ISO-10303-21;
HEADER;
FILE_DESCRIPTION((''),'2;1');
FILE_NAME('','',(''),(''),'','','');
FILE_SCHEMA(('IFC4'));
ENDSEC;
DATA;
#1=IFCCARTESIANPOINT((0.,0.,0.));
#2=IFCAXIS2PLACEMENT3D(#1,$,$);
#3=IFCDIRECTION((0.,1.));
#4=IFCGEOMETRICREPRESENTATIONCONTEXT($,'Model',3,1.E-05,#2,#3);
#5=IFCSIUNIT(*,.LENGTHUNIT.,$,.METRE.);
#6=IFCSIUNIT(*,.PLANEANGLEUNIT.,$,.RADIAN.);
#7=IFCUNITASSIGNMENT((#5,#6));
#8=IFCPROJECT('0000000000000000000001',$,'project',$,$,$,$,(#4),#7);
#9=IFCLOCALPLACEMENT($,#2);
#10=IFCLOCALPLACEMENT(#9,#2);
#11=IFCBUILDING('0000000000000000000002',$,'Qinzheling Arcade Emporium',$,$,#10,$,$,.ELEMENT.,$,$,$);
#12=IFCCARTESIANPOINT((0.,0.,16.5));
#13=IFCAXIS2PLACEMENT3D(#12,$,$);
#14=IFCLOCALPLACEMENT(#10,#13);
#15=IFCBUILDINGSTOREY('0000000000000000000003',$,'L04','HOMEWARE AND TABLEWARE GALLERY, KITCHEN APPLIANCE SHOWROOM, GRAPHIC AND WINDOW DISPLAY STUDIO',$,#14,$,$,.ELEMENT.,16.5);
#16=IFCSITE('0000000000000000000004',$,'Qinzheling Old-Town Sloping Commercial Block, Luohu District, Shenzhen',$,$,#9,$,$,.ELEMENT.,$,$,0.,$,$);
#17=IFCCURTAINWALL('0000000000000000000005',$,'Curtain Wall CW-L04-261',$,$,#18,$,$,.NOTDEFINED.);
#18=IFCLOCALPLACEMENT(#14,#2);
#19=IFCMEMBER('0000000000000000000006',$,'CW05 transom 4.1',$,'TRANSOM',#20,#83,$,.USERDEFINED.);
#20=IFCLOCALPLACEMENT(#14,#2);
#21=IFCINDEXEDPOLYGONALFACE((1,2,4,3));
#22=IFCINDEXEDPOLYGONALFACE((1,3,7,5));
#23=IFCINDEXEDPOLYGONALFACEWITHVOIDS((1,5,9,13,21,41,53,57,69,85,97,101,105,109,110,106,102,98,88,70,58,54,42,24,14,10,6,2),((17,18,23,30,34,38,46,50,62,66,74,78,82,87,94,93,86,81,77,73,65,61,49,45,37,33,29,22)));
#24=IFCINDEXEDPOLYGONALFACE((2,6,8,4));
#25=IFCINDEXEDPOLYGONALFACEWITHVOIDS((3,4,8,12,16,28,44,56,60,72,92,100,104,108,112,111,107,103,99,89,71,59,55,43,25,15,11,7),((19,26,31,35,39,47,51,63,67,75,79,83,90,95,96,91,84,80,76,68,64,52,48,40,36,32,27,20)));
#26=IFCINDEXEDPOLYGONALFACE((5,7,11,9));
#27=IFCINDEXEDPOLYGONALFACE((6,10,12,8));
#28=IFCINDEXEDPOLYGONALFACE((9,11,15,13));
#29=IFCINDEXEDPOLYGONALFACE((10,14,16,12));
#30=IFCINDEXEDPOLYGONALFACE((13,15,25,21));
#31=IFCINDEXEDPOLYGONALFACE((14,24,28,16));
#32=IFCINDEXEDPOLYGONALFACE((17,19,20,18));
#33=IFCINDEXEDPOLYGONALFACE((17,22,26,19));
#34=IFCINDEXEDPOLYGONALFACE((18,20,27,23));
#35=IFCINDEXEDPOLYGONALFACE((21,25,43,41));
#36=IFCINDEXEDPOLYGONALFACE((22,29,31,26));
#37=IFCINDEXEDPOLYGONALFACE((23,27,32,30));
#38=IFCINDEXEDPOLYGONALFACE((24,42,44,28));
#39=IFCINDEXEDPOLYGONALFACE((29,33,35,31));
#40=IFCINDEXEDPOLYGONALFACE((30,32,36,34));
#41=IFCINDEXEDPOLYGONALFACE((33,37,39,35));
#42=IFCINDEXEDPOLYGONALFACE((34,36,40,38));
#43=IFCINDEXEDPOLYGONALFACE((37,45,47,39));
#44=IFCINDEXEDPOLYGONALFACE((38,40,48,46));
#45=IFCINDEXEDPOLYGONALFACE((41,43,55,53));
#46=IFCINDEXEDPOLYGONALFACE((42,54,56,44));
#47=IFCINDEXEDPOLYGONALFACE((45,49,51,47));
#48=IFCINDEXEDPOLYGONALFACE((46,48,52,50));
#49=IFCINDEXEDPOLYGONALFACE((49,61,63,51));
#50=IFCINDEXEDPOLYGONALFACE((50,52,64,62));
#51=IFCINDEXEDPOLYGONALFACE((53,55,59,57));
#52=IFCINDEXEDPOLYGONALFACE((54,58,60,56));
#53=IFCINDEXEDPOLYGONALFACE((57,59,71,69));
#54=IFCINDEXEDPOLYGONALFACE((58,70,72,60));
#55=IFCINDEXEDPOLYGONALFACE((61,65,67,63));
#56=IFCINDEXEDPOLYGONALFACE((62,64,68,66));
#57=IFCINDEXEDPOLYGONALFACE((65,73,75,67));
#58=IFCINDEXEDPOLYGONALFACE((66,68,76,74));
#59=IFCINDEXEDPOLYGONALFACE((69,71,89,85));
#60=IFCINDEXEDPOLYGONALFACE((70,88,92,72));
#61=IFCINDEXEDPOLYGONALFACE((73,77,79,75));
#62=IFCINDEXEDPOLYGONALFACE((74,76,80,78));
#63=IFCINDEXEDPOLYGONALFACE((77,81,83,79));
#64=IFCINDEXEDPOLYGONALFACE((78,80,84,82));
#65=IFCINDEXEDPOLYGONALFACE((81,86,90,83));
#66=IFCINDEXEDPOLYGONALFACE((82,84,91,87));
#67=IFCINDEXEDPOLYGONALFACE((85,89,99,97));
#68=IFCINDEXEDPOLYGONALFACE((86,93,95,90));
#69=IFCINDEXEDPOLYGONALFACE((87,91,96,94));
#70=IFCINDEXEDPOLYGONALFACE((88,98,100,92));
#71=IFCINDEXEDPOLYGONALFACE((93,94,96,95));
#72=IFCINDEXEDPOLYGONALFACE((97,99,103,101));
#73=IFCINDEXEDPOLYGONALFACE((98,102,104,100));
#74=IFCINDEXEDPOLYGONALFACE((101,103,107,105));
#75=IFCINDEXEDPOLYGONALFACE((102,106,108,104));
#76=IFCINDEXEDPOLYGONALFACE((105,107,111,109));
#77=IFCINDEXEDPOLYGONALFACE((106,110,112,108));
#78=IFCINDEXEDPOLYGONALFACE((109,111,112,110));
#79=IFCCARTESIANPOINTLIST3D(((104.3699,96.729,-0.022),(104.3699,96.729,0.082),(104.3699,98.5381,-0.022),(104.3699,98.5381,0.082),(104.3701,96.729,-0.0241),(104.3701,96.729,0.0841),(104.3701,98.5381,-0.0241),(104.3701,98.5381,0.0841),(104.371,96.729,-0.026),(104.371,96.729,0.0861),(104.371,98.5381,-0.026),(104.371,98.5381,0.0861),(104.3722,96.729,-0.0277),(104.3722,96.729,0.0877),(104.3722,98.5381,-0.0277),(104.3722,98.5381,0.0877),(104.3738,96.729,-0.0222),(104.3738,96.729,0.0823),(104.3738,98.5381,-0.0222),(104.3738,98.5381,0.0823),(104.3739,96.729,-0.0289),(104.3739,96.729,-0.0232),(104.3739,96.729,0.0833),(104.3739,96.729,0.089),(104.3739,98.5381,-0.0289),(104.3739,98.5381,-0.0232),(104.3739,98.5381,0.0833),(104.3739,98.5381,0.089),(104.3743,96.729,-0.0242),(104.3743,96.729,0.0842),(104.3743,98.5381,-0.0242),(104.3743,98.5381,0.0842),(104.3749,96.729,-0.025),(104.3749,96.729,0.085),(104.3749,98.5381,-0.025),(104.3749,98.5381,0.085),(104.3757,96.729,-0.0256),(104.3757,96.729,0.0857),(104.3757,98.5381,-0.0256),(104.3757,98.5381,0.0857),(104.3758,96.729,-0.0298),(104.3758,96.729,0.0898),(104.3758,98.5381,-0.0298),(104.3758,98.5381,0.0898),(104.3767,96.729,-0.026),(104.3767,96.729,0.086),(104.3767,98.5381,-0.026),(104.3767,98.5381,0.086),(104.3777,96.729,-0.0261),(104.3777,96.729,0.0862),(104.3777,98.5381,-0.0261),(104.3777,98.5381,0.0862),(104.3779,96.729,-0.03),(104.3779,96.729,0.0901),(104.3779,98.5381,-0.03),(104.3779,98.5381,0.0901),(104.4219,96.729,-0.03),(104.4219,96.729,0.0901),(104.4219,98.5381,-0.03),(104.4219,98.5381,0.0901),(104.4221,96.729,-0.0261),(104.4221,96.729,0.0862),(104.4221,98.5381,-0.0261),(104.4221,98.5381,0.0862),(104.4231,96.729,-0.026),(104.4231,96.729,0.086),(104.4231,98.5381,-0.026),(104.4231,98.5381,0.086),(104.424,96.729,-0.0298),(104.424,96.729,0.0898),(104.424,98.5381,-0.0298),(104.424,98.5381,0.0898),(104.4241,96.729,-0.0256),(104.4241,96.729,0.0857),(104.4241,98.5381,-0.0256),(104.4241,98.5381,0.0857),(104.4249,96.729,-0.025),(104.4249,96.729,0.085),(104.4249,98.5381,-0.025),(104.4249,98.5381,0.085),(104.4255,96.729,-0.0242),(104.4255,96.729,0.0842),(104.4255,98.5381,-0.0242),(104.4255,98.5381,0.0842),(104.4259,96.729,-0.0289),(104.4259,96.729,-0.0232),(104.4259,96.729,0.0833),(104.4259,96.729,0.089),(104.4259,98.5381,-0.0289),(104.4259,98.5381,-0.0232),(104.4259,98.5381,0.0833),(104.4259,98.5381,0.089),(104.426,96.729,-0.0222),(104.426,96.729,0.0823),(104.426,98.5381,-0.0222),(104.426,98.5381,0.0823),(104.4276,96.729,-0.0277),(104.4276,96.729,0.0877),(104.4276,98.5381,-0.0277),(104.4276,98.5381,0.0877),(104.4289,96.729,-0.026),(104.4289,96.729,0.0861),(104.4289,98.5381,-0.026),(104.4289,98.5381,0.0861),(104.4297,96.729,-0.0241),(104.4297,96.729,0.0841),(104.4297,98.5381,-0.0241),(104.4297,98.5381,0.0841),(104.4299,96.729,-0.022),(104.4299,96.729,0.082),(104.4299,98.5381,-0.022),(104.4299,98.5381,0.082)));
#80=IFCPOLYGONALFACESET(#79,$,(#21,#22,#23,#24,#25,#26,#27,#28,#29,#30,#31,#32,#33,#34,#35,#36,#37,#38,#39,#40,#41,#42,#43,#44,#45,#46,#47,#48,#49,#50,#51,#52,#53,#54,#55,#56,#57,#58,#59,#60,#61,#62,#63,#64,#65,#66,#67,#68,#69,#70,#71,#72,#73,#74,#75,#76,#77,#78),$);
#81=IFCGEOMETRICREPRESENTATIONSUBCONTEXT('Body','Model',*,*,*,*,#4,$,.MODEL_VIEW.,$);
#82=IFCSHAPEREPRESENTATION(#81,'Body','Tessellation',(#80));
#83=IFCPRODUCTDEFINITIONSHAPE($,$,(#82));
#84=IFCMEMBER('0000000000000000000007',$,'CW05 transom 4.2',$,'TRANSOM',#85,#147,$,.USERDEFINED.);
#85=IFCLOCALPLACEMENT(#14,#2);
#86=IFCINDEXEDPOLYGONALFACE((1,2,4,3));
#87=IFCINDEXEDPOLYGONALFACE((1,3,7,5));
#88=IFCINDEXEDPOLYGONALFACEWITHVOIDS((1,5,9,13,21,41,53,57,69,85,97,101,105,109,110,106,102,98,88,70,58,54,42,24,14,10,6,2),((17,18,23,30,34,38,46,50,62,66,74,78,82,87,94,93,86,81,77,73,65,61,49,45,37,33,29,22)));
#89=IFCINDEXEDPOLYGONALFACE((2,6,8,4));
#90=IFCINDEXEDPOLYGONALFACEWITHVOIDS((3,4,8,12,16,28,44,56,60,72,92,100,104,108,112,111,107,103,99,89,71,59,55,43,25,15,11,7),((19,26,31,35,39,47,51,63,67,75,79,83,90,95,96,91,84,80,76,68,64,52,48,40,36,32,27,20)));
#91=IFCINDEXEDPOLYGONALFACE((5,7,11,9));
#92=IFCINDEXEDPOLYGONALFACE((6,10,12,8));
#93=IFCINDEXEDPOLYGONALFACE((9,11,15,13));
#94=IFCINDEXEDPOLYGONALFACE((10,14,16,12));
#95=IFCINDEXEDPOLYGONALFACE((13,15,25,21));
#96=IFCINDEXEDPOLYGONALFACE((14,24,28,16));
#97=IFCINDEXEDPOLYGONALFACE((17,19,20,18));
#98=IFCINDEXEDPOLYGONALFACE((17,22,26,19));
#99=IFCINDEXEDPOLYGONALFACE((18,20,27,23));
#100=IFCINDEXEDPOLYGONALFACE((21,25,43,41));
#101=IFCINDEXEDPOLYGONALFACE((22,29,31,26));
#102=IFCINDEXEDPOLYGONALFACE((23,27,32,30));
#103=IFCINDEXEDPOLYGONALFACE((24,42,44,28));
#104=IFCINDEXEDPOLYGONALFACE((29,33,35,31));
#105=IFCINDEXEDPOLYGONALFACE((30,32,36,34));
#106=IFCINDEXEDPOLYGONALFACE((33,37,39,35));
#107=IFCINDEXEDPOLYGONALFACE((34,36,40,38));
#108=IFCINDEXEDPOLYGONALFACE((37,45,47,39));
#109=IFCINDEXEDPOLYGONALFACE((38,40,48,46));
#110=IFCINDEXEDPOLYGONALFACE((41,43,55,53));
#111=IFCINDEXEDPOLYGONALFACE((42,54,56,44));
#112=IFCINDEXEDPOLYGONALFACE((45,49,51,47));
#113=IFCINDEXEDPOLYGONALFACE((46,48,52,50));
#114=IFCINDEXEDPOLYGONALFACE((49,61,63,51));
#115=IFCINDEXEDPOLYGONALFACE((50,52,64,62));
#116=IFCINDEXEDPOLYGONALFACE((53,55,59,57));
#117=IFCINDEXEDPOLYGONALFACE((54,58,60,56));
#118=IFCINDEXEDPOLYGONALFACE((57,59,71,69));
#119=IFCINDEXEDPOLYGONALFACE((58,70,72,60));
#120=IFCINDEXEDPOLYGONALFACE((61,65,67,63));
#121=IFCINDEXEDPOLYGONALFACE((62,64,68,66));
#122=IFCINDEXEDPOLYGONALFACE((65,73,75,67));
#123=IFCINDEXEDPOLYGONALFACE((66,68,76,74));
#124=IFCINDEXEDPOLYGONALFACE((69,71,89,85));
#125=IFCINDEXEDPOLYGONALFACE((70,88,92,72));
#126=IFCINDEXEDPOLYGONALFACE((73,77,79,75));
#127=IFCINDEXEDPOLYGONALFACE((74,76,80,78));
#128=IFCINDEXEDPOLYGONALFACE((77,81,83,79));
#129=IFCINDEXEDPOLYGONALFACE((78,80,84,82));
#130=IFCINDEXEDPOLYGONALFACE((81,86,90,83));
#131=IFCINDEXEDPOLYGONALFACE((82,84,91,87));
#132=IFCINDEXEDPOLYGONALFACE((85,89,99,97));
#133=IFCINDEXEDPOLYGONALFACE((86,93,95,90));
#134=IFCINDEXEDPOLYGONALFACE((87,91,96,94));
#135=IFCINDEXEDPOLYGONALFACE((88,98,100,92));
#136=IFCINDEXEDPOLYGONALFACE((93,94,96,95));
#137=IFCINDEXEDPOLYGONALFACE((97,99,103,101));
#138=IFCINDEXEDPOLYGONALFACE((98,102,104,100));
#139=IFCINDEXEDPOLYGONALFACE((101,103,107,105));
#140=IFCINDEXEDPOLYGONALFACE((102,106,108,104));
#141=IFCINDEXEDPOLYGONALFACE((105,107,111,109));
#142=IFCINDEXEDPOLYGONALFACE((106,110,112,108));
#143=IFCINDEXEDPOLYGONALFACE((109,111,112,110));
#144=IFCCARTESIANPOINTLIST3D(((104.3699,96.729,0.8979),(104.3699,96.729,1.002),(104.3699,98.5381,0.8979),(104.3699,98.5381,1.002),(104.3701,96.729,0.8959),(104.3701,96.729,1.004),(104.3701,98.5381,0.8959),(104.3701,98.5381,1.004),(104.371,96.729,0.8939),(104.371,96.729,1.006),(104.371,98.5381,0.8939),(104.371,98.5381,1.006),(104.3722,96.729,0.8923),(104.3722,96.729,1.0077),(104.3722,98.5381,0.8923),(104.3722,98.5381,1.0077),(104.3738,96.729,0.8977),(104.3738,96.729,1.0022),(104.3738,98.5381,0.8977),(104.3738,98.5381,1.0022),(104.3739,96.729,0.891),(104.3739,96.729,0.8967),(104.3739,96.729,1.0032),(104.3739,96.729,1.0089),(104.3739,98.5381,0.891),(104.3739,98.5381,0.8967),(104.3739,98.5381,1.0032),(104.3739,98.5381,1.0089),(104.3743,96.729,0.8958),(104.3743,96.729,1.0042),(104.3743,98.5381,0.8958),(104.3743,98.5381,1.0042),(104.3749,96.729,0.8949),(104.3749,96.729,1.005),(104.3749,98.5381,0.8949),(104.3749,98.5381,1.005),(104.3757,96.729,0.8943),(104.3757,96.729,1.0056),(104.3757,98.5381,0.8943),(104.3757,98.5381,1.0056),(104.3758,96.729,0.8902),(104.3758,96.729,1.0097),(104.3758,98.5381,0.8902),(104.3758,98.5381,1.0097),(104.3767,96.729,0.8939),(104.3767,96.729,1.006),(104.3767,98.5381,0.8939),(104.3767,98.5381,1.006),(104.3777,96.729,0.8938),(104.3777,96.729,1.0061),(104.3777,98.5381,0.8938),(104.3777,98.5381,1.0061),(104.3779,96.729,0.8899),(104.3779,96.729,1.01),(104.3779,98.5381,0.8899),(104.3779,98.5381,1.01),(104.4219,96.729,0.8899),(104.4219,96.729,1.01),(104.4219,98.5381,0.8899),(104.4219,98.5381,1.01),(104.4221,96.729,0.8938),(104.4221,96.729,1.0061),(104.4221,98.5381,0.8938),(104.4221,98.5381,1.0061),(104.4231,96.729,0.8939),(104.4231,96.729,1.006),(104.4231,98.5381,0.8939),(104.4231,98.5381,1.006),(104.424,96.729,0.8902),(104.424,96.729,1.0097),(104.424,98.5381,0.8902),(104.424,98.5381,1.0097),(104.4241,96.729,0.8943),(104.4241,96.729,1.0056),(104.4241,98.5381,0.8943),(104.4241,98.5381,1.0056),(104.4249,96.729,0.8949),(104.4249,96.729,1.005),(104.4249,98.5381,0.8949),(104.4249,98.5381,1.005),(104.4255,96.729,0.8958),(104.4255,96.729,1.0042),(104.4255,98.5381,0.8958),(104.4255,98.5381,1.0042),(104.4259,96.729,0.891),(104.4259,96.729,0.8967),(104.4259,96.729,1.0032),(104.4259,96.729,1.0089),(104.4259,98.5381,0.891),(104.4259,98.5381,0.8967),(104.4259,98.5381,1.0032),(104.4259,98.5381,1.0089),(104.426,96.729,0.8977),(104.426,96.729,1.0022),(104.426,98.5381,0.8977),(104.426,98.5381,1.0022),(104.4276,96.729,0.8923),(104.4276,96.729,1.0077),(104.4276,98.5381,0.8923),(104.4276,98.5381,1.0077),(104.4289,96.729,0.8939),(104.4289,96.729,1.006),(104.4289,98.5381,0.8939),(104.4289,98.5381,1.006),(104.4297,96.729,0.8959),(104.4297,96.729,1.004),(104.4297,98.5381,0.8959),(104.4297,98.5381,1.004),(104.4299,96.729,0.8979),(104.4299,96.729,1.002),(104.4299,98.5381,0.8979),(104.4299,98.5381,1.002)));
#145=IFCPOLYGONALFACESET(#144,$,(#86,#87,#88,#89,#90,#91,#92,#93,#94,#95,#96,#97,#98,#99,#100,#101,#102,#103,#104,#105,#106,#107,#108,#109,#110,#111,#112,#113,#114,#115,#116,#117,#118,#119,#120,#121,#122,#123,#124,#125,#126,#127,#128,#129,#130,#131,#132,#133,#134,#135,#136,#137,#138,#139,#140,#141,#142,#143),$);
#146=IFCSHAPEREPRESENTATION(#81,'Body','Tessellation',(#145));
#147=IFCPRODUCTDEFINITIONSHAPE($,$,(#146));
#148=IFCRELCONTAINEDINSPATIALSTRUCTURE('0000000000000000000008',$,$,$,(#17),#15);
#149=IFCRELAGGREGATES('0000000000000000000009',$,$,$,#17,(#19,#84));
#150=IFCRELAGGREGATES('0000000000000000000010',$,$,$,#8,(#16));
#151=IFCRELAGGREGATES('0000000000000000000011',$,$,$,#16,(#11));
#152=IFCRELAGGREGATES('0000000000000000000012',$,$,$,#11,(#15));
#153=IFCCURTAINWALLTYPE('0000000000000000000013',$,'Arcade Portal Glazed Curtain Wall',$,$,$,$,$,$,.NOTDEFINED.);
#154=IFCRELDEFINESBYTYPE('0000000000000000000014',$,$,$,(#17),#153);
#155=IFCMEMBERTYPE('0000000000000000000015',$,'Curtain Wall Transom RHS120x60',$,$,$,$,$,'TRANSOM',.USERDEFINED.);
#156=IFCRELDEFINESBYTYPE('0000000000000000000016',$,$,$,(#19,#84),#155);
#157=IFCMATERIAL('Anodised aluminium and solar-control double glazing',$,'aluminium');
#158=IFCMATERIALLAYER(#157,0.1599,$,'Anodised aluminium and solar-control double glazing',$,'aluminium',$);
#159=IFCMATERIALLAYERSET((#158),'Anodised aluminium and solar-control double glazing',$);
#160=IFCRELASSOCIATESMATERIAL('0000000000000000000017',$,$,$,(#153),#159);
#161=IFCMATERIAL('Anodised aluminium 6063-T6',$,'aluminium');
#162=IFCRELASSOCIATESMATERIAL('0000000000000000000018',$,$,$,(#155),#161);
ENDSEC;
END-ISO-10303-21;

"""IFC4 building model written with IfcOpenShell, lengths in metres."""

from ifc_helpers import new_model, si_unit, direction, frame, origin, origin_2d, place, context, subcontext, project, spatial, hollow_rectangle, extrude, material, layer, layer_set, material_profile, profile_set, type_object, element, aggregate, save


model = new_model("IFC4")

# Units and contexts
model_context = context("Model", 3, precision=1e-05, world=origin(), true_north=direction((0.0, 1.0)))
body_context = subcontext(model_context, "Body", "Model", "MODEL_VIEW")
ifc_project = project(units=[si_unit("LENGTHUNIT", "METRE"), si_unit("PLANEANGLEUNIT", "RADIAN")], contexts=[model_context])

# Site, building, storey
site_placement = place(None, origin())
site = spatial("IfcSite", under=ifc_project, at=site_placement, Name="Qinzheling Old-Town Sloping Commercial Block, Luohu District, Shenzhen", CompositionType="ELEMENT", RefElevation=0.0)
building_placement = place(site_placement, origin())
building = spatial("IfcBuilding", under=site, at=building_placement, Name="Qinzheling Arcade Emporium", CompositionType="ELEMENT")
storey_placement = place(building_placement, frame((0.0, 0.0, 16.5)))
storey = spatial("IfcBuildingStorey", under=building, at=storey_placement, Name="L04", Description="HOMEWARE AND TABLEWARE GALLERY, KITCHEN APPLIANCE SHOWROOM, GRAPHIC AND WINDOW DISPLAY STUDIO", CompositionType="ELEMENT", Elevation=16.5)

# Curtain wall, members
ifc_material_1 = material(Name="Anodised aluminium and solar-control double glazing", Category="aluminium")
ifc_layer_1 = layer(ifc_material_1, 0.1599, Name="Anodised aluminium and solar-control double glazing", Category="aluminium")
ifc_layer_set_1 = layer_set([ifc_layer_1], Name="Anodised aluminium and solar-control double glazing")
curtain_wall_type = type_object("IfcCurtainWallType", Name="Arcade Portal Glazed Curtain Wall", PredefinedType="NOTDEFINED", material=ifc_layer_set_1)
curtain_wall_placement = place(storey_placement, origin())
curtain_wall = element("IfcCurtainWall", 1, at=curtain_wall_placement, inside=storey, type_object=curtain_wall_type, Name="Curtain Wall CW-L04-261", PredefinedType="NOTDEFINED")
ifc_material_2 = material(Name="Anodised aluminium 6063-T6", Category="aluminium")
ifc_material_profile_1 = material_profile(ifc_material_2, hollow_rectangle(XDim=0.0601, YDim=0.1201, WallThickness=0.0039, InnerFilletRadius=0.0039, OuterFilletRadius=0.0081, at=origin_2d()), Name="RHS 120x60x4", Category="aluminium")
ifc_profile_set_1 = profile_set([ifc_material_profile_1], Name="Anodised aluminium 6063-T6")
member_type_1 = type_object("IfcMemberType", Name="Curtain Wall Transom RHS120x60", ElementType="TRANSOM", PredefinedType="USERDEFINED", material=ifc_profile_set_1)
member_1_placement = place(storey_placement, frame((104.3999, 96.729, 0.03), z_axis=(0.0, 1.0, 0.0), x_axis=(-1.0, 0.0, 0.0)))
member_1 = element("IfcMember", 2, at=member_1_placement, type_object=member_type_1, Name="CW05 transom 4.1", ObjectType="TRANSOM", PredefinedType="USERDEFINED", context=body_context, shape_type="SweptSolid", body=[
    extrude(hollow_rectangle(XDim=0.0601, YDim=0.1201, WallThickness=0.0039, InnerFilletRadius=0.0039, OuterFilletRadius=0.0081, at=origin_2d()), origin(), (0.0, 0.0, 1.0), 1.8091),
])
member_2_placement = place(storey_placement, frame((104.3999, 96.729, 0.95), z_axis=(0.0, 1.0, 0.0), x_axis=(-1.0, 0.0, 0.0)))
member_2 = element("IfcMember", 3, at=member_2_placement, type_object=member_type_1, Name="CW05 transom 4.2", ObjectType="TRANSOM", PredefinedType="USERDEFINED", context=body_context, shape_type="SweptSolid", body=[
    extrude(hollow_rectangle(XDim=0.0601, YDim=0.1201, WallThickness=0.0039, InnerFilletRadius=0.0039, OuterFilletRadius=0.0081, at=origin_2d()), origin(), (0.0, 0.0, 1.0), 1.8091),
])
aggregate(curtain_wall, [member_1, member_2])

save(model, "model.ifc")
